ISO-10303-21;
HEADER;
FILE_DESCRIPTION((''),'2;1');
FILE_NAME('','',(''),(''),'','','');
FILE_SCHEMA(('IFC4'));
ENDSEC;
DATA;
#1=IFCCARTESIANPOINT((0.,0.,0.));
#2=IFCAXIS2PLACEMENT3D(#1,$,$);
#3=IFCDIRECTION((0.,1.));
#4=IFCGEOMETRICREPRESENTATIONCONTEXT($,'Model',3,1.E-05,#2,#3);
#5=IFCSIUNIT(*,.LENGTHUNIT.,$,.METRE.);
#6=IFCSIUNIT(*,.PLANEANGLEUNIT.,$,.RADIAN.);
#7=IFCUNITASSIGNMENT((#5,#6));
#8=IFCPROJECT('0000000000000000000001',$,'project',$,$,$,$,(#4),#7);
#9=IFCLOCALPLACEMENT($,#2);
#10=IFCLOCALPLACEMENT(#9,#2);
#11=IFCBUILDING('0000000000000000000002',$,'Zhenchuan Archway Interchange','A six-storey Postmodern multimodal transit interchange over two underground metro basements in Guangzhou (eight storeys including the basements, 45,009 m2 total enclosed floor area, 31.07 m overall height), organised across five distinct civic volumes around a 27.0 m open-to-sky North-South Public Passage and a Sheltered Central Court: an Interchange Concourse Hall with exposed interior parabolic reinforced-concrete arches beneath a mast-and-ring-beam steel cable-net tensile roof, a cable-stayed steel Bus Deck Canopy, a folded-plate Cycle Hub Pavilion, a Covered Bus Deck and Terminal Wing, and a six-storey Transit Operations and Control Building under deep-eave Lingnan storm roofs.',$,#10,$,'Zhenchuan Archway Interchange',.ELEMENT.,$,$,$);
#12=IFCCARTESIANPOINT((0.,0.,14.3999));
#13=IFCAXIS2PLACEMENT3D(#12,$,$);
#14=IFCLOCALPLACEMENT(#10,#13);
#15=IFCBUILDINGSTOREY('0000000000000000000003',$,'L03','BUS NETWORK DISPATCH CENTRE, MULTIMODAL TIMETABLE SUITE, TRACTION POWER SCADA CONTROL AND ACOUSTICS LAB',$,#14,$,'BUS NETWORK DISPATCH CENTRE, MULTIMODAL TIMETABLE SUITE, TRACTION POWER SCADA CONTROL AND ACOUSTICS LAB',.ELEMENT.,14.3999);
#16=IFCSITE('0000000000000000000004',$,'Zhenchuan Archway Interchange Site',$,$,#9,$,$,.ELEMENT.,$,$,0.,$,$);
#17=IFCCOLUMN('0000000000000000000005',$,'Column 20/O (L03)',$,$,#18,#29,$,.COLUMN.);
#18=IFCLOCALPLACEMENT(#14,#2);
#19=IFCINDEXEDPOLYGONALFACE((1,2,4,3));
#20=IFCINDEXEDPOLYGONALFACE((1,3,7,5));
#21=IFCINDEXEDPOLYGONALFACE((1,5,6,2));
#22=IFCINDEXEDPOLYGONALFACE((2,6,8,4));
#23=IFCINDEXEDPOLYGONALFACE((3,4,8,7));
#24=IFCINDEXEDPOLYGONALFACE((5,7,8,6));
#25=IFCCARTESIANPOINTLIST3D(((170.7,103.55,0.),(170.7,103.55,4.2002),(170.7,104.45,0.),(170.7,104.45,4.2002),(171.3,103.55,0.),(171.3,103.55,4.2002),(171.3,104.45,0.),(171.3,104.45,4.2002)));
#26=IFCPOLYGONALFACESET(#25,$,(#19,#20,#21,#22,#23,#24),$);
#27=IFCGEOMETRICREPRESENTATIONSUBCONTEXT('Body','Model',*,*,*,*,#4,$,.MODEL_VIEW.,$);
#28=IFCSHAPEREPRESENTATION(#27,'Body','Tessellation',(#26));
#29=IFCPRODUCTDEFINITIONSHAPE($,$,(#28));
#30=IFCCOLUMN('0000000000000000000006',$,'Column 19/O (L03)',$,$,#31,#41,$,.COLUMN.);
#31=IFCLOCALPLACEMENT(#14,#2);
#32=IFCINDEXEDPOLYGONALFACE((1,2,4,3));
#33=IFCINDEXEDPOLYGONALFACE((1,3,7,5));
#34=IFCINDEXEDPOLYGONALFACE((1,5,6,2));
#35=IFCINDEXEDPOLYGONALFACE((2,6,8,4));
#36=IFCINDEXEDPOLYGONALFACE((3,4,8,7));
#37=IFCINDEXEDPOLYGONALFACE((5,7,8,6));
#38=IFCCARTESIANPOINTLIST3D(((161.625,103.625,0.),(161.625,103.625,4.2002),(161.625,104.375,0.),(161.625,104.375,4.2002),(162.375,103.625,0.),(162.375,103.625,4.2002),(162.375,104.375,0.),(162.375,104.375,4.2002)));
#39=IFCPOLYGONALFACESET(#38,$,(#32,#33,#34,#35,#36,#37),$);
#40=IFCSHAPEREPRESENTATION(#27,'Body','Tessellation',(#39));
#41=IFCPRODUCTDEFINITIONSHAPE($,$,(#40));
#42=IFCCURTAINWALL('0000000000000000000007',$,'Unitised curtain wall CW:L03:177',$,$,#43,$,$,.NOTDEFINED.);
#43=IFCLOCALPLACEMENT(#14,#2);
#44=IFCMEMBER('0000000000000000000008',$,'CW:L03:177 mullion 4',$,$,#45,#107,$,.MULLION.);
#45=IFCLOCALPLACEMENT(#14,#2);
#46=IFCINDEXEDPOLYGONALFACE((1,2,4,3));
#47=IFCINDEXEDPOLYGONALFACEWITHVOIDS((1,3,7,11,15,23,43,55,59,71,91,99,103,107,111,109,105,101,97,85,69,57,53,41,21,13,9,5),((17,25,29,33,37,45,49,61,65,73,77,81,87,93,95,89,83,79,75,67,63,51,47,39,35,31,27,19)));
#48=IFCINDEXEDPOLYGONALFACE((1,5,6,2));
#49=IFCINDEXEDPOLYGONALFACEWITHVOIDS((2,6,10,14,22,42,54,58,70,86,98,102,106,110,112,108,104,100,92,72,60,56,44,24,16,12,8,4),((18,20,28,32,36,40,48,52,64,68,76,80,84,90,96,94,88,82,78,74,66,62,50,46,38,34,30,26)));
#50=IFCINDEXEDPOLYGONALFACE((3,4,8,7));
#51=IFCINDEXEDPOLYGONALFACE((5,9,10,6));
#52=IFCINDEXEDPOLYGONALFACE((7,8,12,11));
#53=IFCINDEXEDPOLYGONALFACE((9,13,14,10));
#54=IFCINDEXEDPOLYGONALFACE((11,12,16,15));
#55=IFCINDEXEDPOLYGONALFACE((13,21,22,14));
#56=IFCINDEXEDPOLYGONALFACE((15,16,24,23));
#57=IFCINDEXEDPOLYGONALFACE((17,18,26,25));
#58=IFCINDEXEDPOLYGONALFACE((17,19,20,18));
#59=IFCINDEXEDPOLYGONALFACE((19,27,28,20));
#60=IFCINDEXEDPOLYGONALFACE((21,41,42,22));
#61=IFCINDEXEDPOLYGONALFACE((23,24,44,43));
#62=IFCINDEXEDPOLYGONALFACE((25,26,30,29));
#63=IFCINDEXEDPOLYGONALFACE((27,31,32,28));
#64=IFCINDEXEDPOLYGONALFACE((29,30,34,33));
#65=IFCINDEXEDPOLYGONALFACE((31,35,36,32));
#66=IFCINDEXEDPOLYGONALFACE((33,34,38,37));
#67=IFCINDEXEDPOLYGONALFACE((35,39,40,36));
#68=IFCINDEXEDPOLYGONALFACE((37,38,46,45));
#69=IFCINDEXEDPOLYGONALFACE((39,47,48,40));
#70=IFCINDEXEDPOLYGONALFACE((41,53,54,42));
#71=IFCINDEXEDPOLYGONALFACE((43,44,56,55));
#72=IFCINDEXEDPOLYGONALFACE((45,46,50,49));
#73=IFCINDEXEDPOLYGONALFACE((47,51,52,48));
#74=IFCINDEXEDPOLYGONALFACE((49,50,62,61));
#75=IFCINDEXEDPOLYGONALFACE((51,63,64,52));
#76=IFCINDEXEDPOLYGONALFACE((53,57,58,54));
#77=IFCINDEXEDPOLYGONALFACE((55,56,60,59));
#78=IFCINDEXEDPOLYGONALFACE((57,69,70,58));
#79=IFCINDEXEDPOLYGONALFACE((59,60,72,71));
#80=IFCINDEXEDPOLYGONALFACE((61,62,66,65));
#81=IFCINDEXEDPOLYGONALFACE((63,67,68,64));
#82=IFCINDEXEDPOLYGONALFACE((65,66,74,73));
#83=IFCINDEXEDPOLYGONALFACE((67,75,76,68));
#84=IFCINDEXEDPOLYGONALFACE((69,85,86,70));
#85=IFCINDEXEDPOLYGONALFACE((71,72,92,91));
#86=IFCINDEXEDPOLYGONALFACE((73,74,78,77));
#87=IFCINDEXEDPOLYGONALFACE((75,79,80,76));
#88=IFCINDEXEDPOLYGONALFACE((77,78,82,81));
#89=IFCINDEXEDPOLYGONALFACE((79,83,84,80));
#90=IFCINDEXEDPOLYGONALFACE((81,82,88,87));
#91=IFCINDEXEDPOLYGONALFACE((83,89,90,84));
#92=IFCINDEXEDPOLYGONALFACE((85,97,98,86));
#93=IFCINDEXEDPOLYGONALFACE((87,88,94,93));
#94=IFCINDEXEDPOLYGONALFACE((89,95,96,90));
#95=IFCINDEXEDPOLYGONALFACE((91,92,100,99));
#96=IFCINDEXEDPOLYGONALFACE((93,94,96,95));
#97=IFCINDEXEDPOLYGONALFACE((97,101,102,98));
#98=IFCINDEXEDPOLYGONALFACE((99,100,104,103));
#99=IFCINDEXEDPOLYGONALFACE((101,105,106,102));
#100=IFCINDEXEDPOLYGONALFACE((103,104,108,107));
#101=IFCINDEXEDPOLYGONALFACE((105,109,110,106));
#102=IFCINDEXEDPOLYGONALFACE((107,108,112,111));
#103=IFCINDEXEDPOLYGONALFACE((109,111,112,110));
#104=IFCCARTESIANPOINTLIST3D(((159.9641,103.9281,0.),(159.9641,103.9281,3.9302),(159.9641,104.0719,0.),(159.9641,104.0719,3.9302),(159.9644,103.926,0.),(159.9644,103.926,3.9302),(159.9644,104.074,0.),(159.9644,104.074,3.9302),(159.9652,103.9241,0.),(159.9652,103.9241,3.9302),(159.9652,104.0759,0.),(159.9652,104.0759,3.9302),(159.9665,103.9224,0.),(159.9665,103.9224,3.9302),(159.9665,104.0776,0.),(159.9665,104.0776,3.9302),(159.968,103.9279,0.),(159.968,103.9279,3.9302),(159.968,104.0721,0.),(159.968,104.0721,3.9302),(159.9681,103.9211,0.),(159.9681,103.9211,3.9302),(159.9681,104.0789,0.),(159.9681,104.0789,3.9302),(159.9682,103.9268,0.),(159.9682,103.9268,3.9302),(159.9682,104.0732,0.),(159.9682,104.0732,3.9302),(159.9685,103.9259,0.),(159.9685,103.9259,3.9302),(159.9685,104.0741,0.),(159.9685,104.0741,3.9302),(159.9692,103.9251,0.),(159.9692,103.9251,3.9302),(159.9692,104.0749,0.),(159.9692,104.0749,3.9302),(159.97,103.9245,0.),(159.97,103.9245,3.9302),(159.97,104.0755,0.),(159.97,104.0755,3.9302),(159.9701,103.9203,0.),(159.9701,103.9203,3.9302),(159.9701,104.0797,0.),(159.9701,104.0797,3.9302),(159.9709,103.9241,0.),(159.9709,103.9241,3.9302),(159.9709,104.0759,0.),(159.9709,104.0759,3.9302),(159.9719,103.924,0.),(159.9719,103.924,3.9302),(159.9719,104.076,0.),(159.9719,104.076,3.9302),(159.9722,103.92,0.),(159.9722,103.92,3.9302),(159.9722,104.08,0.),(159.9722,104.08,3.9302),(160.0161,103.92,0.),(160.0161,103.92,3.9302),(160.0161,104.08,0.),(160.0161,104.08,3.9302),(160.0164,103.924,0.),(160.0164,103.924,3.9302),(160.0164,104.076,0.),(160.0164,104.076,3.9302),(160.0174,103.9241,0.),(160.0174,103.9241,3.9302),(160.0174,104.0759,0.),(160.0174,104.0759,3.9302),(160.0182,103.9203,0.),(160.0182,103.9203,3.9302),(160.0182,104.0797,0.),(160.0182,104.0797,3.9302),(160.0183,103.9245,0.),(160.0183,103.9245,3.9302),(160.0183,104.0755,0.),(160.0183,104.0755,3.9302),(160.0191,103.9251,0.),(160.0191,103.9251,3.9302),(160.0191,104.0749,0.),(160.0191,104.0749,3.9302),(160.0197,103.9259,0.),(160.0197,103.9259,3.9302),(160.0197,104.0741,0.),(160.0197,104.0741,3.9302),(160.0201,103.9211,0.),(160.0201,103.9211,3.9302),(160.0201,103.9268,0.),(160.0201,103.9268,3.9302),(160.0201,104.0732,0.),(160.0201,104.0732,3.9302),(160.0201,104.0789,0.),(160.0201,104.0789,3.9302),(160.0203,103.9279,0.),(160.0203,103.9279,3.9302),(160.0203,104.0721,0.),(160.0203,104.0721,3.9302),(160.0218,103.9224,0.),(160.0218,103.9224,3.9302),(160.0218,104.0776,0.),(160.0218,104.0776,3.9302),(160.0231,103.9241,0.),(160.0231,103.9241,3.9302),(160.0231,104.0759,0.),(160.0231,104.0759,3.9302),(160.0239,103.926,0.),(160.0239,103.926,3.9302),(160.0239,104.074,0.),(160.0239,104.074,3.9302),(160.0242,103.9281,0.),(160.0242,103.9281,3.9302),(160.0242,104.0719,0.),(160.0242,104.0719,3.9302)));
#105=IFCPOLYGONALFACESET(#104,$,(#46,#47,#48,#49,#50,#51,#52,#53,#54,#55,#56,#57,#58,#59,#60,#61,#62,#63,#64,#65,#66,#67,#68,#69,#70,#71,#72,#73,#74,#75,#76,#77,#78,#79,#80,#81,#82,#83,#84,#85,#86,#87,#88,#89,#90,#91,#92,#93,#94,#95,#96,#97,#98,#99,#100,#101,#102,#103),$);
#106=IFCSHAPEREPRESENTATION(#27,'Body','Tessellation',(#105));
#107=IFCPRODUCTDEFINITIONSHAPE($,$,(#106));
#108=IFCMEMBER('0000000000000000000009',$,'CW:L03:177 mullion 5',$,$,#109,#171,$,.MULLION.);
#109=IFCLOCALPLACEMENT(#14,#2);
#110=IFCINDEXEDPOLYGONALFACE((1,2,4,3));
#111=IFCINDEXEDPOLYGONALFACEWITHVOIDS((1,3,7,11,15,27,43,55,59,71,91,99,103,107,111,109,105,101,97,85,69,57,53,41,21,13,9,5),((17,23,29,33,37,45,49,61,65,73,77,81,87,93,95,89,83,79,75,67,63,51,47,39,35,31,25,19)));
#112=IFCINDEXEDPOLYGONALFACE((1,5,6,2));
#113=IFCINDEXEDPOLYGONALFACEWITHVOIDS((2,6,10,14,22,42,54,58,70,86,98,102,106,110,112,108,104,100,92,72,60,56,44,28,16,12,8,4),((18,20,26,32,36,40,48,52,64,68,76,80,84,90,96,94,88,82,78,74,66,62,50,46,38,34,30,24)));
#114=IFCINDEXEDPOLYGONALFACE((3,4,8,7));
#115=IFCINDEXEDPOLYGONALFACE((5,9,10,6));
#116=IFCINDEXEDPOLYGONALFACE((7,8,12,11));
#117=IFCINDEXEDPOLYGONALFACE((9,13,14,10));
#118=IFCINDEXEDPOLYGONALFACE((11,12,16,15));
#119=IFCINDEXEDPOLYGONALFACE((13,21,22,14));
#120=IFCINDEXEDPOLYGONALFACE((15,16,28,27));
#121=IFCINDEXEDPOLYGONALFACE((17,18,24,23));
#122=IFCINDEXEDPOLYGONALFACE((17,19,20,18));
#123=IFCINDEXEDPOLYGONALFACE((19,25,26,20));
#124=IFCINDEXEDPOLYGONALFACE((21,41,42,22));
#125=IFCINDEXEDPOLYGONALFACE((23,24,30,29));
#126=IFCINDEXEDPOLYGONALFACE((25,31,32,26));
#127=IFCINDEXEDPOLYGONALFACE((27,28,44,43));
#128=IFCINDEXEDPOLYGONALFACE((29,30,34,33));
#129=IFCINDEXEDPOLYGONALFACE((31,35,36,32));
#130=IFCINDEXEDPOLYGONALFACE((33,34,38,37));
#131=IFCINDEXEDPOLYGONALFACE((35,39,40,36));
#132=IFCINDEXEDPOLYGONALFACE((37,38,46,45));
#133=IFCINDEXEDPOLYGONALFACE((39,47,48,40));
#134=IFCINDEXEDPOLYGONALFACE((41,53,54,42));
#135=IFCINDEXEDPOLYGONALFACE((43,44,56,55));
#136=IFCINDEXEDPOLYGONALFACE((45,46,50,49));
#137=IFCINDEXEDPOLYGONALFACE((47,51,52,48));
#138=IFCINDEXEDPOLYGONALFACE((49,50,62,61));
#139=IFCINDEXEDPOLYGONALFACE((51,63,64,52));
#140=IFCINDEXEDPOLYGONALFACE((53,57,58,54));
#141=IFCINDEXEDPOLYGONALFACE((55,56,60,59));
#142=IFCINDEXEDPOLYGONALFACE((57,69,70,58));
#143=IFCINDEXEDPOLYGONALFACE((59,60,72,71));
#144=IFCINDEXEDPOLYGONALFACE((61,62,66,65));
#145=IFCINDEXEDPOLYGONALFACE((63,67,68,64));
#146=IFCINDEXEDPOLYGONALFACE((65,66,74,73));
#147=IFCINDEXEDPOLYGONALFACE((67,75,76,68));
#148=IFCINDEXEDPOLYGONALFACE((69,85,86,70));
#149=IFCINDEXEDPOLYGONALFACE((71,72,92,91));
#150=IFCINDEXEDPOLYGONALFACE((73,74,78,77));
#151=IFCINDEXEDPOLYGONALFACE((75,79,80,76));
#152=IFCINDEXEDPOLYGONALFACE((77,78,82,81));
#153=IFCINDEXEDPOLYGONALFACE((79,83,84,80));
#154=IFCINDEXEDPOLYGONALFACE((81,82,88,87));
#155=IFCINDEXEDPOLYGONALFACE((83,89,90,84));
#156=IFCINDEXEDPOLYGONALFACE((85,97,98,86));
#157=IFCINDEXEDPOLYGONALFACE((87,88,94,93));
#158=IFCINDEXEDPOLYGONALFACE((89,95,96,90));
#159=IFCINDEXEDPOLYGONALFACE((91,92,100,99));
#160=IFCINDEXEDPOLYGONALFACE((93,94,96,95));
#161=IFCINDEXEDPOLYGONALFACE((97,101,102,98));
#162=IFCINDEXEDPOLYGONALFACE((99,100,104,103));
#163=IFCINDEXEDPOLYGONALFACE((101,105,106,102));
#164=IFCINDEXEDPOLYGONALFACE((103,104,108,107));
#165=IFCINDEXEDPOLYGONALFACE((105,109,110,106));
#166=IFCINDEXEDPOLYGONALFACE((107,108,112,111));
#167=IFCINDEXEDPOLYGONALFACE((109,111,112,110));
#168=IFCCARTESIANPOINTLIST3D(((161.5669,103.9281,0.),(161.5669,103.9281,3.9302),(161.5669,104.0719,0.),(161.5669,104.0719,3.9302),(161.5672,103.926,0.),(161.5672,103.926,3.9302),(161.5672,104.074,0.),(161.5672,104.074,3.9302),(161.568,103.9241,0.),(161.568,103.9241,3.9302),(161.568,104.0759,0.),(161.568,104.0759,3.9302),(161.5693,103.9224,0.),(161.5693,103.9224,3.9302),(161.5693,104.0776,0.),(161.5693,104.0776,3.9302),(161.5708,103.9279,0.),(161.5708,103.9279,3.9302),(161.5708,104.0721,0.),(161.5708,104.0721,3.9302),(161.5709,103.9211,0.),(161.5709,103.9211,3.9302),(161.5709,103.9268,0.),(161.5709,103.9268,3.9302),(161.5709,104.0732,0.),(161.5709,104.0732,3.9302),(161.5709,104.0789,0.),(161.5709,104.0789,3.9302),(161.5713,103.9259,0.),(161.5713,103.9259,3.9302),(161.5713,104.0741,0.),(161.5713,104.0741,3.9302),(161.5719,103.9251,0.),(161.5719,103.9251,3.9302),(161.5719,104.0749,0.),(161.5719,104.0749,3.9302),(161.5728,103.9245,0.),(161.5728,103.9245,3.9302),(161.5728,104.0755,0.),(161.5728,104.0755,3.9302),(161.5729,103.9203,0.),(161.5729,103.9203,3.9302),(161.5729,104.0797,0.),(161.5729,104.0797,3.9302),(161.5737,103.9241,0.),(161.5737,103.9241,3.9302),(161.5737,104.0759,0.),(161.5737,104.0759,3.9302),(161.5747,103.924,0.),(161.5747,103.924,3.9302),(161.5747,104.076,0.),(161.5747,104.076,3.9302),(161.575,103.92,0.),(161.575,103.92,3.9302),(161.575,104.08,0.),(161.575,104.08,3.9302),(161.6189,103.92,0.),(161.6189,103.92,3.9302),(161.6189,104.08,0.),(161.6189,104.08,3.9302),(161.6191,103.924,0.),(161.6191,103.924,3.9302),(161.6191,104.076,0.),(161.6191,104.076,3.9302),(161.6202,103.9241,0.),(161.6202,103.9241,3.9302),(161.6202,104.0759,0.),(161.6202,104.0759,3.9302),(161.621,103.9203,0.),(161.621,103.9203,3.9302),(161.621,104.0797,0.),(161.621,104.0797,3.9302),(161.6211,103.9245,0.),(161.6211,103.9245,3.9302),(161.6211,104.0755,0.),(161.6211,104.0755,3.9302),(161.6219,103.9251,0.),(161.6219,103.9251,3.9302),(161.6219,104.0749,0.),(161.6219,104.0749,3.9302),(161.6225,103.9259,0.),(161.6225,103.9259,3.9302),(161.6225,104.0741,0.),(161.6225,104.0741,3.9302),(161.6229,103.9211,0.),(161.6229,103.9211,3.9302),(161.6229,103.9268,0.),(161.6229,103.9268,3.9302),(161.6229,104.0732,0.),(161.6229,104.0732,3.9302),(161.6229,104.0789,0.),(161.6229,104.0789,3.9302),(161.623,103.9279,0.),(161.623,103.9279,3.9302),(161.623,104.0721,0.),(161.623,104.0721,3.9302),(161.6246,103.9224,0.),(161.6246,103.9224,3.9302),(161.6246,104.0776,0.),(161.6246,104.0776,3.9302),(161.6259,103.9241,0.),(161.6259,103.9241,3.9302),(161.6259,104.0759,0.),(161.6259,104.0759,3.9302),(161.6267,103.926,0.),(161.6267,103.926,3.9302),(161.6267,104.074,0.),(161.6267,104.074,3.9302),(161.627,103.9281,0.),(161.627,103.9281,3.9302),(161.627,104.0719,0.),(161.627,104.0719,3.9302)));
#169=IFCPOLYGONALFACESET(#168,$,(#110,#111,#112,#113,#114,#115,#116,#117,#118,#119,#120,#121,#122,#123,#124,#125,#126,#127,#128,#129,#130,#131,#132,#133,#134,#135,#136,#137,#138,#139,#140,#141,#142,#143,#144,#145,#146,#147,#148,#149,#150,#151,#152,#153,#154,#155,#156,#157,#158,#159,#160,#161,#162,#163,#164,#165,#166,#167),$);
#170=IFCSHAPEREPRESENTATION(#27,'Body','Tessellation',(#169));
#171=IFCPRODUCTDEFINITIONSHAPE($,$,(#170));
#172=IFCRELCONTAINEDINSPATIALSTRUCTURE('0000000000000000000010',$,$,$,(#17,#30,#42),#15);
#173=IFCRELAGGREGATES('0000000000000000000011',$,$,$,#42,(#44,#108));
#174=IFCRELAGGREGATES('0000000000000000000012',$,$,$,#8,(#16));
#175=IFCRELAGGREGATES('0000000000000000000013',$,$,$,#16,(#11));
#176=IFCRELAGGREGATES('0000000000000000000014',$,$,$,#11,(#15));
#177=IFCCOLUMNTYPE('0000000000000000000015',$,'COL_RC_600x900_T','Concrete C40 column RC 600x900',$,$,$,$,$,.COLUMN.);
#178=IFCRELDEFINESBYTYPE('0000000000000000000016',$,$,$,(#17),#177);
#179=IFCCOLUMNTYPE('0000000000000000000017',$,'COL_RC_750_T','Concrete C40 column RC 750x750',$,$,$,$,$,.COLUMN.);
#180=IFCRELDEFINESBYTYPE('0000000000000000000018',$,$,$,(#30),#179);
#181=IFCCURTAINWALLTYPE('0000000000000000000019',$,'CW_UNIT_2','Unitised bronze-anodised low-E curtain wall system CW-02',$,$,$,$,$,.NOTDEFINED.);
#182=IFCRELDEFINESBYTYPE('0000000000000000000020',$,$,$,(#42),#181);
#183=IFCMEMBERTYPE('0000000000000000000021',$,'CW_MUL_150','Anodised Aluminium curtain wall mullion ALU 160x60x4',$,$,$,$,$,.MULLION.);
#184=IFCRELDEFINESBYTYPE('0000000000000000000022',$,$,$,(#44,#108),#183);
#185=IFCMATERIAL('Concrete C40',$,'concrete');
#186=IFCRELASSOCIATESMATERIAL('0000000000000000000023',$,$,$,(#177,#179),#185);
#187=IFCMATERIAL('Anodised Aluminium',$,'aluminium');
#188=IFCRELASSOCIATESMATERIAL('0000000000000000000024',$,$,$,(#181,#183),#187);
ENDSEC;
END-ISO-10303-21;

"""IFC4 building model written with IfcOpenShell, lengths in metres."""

from ifc_helpers import new_model, si_unit, direction, frame, origin, origin_2d, place, context, subcontext, project, spatial, rectangle, hollow_rectangle, extrude, material, material_profile, profile_set, type_object, element, aggregate, save


model = new_model("IFC4")

# Units and contexts
model_context = context("Model", 3, precision=1e-05, world=origin(), true_north=direction((0.0, 1.0)))
body_context = subcontext(model_context, "Body", "Model", "MODEL_VIEW")
ifc_project = project(units=[si_unit("LENGTHUNIT", "METRE"), si_unit("PLANEANGLEUNIT", "RADIAN")], contexts=[model_context])

# Site, building, storey
site_placement = place(None, origin())
site = spatial("IfcSite", under=ifc_project, at=site_placement, Name="Zhenchuan Archway Interchange Site", CompositionType="ELEMENT", RefElevation=0.0)
building_placement = place(site_placement, origin())
building = spatial("IfcBuilding", under=site, at=building_placement, Name="Zhenchuan Archway Interchange", Description="A six-storey Postmodern multimodal transit interchange over two underground metro basements in Guangzhou (eight storeys including the basements, 45,009 m2 total enclosed floor area, 31.07 m overall height), organised across five distinct civic volumes around a 27.0 m open-to-sky North-South Public Passage and a Sheltered Central Court: an Interchange Concourse Hall with exposed interior parabolic reinforced-concrete arches beneath a mast-and-ring-beam steel cable-net tensile roof, a cable-stayed steel Bus Deck Canopy, a folded-plate Cycle Hub Pavilion, a Covered Bus Deck and Terminal Wing, and a six-storey Transit Operations and Control Building under deep-eave Lingnan storm roofs.", LongName="Zhenchuan Archway Interchange", CompositionType="ELEMENT")
storey_placement = place(building_placement, frame((0.0, 0.0, 14.3999)))
storey = spatial("IfcBuildingStorey", under=building, at=storey_placement, Name="L03", Description="BUS NETWORK DISPATCH CENTRE, MULTIMODAL TIMETABLE SUITE, TRACTION POWER SCADA CONTROL AND ACOUSTICS LAB", LongName="BUS NETWORK DISPATCH CENTRE, MULTIMODAL TIMETABLE SUITE, TRACTION POWER SCADA CONTROL AND ACOUSTICS LAB", CompositionType="ELEMENT", Elevation=14.3999)

# Columns
ifc_material_1 = material(Name="Concrete C40", Category="concrete")
ifc_material_profile_1 = material_profile(ifc_material_1, rectangle(XDim=0.6001, YDim=0.8999, at=origin_2d()), Name="RC 600x900")
ifc_profile_set_1 = profile_set([ifc_material_profile_1], Name="Concrete C40")
column_type_1 = type_object("IfcColumnType", Name="COL_RC_600x900_T", Description="Concrete C40 column RC 600x900", PredefinedType="COLUMN", material=ifc_profile_set_1)
column_1_placement = place(storey_placement, frame((171.0, 104.0, 0.0), z_axis=(0.0, 0.0, 1.0), x_axis=(1.0, 0.0, 0.0)))
element("IfcColumn", 1, at=column_1_placement, inside=storey, type_object=column_type_1, Name="Column 20/O (L03)", PredefinedType="COLUMN", context=body_context, shape_type="SweptSolid", body=[
    extrude(rectangle(XDim=0.6001, YDim=0.8999, at=origin_2d()), origin(), (0.0, 0.0, 1.0), 4.2002),
])
ifc_material_profile_2 = material_profile(ifc_material_1, rectangle(XDim=0.75, YDim=0.75, at=origin_2d()), Name="RC 750x750")
ifc_profile_set_2 = profile_set([ifc_material_profile_2], Name="Concrete C40")
column_type_2 = type_object("IfcColumnType", Name="COL_RC_750_T", Description="Concrete C40 column RC 750x750", PredefinedType="COLUMN", material=ifc_profile_set_2)
column_2_placement = place(storey_placement, frame((162.0, 104.0, 0.0), z_axis=(0.0, 0.0, 1.0), x_axis=(1.0, 0.0, 0.0)))
element("IfcColumn", 2, at=column_2_placement, inside=storey, type_object=column_type_2, Name="Column 19/O (L03)", PredefinedType="COLUMN", context=body_context, shape_type="SweptSolid", body=[
    extrude(rectangle(XDim=0.75, YDim=0.75, at=origin_2d()), origin(), (0.0, 0.0, 1.0), 4.2002),
])

# Curtain wall, members
ifc_material_2 = material(Name="Anodised Aluminium", Category="aluminium")
curtain_wall_type_1 = type_object("IfcCurtainWallType", Name="CW_UNIT_2", Description="Unitised bronze-anodised low-E curtain wall system CW-02", PredefinedType="NOTDEFINED", material=ifc_material_2)
curtain_wall_1_placement = place(storey_placement, origin())
curtain_wall_1 = element("IfcCurtainWall", 3, at=curtain_wall_1_placement, inside=storey, type_object=curtain_wall_type_1, Name="Unitised curtain wall CW:L03:177", PredefinedType="NOTDEFINED")
ifc_material_profile_3 = material_profile(ifc_material_2, hollow_rectangle(XDim=0.0601, YDim=0.1599, WallThickness=0.0039, InnerFilletRadius=0.0039, OuterFilletRadius=0.0081, at=origin_2d()), Name="ALU 160x60x4")
ifc_profile_set_3 = profile_set([ifc_material_profile_3], Name="Anodised Aluminium")
member_type_1 = type_object("IfcMemberType", Name="CW_MUL_150", Description="Anodised Aluminium curtain wall mullion ALU 160x60x4", PredefinedType="MULLION", material=ifc_profile_set_3)
member_1_placement = place(storey_placement, frame((159.9941, 104.0, 0.0), z_axis=(0.0, 0.0, 1.0), x_axis=(1.0, 0.0, 0.0)))
member_1 = element("IfcMember", 4, at=member_1_placement, type_object=member_type_1, Name="CW:L03:177 mullion 4", PredefinedType="MULLION", context=body_context, shape_type="SweptSolid", body=[
    extrude(hollow_rectangle(XDim=0.0601, YDim=0.1599, WallThickness=0.0039, InnerFilletRadius=0.0039, OuterFilletRadius=0.0081, at=origin_2d()), origin(), (0.0, 0.0, 1.0), 3.9302),
])
member_2_placement = place(storey_placement, frame((161.5969, 104.0, 0.0), z_axis=(0.0, 0.0, 1.0), x_axis=(1.0, 0.0, 0.0)))
member_2 = element("IfcMember", 5, at=member_2_placement, type_object=member_type_1, Name="CW:L03:177 mullion 5", PredefinedType="MULLION", context=body_context, shape_type="SweptSolid", body=[
    extrude(hollow_rectangle(XDim=0.0601, YDim=0.1599, WallThickness=0.0039, InnerFilletRadius=0.0039, OuterFilletRadius=0.0081, at=origin_2d()), origin(), (0.0, 0.0, 1.0), 3.9302),
])

aggregate(curtain_wall_1, [member_1, member_2])

save(model, "model.ifc")
